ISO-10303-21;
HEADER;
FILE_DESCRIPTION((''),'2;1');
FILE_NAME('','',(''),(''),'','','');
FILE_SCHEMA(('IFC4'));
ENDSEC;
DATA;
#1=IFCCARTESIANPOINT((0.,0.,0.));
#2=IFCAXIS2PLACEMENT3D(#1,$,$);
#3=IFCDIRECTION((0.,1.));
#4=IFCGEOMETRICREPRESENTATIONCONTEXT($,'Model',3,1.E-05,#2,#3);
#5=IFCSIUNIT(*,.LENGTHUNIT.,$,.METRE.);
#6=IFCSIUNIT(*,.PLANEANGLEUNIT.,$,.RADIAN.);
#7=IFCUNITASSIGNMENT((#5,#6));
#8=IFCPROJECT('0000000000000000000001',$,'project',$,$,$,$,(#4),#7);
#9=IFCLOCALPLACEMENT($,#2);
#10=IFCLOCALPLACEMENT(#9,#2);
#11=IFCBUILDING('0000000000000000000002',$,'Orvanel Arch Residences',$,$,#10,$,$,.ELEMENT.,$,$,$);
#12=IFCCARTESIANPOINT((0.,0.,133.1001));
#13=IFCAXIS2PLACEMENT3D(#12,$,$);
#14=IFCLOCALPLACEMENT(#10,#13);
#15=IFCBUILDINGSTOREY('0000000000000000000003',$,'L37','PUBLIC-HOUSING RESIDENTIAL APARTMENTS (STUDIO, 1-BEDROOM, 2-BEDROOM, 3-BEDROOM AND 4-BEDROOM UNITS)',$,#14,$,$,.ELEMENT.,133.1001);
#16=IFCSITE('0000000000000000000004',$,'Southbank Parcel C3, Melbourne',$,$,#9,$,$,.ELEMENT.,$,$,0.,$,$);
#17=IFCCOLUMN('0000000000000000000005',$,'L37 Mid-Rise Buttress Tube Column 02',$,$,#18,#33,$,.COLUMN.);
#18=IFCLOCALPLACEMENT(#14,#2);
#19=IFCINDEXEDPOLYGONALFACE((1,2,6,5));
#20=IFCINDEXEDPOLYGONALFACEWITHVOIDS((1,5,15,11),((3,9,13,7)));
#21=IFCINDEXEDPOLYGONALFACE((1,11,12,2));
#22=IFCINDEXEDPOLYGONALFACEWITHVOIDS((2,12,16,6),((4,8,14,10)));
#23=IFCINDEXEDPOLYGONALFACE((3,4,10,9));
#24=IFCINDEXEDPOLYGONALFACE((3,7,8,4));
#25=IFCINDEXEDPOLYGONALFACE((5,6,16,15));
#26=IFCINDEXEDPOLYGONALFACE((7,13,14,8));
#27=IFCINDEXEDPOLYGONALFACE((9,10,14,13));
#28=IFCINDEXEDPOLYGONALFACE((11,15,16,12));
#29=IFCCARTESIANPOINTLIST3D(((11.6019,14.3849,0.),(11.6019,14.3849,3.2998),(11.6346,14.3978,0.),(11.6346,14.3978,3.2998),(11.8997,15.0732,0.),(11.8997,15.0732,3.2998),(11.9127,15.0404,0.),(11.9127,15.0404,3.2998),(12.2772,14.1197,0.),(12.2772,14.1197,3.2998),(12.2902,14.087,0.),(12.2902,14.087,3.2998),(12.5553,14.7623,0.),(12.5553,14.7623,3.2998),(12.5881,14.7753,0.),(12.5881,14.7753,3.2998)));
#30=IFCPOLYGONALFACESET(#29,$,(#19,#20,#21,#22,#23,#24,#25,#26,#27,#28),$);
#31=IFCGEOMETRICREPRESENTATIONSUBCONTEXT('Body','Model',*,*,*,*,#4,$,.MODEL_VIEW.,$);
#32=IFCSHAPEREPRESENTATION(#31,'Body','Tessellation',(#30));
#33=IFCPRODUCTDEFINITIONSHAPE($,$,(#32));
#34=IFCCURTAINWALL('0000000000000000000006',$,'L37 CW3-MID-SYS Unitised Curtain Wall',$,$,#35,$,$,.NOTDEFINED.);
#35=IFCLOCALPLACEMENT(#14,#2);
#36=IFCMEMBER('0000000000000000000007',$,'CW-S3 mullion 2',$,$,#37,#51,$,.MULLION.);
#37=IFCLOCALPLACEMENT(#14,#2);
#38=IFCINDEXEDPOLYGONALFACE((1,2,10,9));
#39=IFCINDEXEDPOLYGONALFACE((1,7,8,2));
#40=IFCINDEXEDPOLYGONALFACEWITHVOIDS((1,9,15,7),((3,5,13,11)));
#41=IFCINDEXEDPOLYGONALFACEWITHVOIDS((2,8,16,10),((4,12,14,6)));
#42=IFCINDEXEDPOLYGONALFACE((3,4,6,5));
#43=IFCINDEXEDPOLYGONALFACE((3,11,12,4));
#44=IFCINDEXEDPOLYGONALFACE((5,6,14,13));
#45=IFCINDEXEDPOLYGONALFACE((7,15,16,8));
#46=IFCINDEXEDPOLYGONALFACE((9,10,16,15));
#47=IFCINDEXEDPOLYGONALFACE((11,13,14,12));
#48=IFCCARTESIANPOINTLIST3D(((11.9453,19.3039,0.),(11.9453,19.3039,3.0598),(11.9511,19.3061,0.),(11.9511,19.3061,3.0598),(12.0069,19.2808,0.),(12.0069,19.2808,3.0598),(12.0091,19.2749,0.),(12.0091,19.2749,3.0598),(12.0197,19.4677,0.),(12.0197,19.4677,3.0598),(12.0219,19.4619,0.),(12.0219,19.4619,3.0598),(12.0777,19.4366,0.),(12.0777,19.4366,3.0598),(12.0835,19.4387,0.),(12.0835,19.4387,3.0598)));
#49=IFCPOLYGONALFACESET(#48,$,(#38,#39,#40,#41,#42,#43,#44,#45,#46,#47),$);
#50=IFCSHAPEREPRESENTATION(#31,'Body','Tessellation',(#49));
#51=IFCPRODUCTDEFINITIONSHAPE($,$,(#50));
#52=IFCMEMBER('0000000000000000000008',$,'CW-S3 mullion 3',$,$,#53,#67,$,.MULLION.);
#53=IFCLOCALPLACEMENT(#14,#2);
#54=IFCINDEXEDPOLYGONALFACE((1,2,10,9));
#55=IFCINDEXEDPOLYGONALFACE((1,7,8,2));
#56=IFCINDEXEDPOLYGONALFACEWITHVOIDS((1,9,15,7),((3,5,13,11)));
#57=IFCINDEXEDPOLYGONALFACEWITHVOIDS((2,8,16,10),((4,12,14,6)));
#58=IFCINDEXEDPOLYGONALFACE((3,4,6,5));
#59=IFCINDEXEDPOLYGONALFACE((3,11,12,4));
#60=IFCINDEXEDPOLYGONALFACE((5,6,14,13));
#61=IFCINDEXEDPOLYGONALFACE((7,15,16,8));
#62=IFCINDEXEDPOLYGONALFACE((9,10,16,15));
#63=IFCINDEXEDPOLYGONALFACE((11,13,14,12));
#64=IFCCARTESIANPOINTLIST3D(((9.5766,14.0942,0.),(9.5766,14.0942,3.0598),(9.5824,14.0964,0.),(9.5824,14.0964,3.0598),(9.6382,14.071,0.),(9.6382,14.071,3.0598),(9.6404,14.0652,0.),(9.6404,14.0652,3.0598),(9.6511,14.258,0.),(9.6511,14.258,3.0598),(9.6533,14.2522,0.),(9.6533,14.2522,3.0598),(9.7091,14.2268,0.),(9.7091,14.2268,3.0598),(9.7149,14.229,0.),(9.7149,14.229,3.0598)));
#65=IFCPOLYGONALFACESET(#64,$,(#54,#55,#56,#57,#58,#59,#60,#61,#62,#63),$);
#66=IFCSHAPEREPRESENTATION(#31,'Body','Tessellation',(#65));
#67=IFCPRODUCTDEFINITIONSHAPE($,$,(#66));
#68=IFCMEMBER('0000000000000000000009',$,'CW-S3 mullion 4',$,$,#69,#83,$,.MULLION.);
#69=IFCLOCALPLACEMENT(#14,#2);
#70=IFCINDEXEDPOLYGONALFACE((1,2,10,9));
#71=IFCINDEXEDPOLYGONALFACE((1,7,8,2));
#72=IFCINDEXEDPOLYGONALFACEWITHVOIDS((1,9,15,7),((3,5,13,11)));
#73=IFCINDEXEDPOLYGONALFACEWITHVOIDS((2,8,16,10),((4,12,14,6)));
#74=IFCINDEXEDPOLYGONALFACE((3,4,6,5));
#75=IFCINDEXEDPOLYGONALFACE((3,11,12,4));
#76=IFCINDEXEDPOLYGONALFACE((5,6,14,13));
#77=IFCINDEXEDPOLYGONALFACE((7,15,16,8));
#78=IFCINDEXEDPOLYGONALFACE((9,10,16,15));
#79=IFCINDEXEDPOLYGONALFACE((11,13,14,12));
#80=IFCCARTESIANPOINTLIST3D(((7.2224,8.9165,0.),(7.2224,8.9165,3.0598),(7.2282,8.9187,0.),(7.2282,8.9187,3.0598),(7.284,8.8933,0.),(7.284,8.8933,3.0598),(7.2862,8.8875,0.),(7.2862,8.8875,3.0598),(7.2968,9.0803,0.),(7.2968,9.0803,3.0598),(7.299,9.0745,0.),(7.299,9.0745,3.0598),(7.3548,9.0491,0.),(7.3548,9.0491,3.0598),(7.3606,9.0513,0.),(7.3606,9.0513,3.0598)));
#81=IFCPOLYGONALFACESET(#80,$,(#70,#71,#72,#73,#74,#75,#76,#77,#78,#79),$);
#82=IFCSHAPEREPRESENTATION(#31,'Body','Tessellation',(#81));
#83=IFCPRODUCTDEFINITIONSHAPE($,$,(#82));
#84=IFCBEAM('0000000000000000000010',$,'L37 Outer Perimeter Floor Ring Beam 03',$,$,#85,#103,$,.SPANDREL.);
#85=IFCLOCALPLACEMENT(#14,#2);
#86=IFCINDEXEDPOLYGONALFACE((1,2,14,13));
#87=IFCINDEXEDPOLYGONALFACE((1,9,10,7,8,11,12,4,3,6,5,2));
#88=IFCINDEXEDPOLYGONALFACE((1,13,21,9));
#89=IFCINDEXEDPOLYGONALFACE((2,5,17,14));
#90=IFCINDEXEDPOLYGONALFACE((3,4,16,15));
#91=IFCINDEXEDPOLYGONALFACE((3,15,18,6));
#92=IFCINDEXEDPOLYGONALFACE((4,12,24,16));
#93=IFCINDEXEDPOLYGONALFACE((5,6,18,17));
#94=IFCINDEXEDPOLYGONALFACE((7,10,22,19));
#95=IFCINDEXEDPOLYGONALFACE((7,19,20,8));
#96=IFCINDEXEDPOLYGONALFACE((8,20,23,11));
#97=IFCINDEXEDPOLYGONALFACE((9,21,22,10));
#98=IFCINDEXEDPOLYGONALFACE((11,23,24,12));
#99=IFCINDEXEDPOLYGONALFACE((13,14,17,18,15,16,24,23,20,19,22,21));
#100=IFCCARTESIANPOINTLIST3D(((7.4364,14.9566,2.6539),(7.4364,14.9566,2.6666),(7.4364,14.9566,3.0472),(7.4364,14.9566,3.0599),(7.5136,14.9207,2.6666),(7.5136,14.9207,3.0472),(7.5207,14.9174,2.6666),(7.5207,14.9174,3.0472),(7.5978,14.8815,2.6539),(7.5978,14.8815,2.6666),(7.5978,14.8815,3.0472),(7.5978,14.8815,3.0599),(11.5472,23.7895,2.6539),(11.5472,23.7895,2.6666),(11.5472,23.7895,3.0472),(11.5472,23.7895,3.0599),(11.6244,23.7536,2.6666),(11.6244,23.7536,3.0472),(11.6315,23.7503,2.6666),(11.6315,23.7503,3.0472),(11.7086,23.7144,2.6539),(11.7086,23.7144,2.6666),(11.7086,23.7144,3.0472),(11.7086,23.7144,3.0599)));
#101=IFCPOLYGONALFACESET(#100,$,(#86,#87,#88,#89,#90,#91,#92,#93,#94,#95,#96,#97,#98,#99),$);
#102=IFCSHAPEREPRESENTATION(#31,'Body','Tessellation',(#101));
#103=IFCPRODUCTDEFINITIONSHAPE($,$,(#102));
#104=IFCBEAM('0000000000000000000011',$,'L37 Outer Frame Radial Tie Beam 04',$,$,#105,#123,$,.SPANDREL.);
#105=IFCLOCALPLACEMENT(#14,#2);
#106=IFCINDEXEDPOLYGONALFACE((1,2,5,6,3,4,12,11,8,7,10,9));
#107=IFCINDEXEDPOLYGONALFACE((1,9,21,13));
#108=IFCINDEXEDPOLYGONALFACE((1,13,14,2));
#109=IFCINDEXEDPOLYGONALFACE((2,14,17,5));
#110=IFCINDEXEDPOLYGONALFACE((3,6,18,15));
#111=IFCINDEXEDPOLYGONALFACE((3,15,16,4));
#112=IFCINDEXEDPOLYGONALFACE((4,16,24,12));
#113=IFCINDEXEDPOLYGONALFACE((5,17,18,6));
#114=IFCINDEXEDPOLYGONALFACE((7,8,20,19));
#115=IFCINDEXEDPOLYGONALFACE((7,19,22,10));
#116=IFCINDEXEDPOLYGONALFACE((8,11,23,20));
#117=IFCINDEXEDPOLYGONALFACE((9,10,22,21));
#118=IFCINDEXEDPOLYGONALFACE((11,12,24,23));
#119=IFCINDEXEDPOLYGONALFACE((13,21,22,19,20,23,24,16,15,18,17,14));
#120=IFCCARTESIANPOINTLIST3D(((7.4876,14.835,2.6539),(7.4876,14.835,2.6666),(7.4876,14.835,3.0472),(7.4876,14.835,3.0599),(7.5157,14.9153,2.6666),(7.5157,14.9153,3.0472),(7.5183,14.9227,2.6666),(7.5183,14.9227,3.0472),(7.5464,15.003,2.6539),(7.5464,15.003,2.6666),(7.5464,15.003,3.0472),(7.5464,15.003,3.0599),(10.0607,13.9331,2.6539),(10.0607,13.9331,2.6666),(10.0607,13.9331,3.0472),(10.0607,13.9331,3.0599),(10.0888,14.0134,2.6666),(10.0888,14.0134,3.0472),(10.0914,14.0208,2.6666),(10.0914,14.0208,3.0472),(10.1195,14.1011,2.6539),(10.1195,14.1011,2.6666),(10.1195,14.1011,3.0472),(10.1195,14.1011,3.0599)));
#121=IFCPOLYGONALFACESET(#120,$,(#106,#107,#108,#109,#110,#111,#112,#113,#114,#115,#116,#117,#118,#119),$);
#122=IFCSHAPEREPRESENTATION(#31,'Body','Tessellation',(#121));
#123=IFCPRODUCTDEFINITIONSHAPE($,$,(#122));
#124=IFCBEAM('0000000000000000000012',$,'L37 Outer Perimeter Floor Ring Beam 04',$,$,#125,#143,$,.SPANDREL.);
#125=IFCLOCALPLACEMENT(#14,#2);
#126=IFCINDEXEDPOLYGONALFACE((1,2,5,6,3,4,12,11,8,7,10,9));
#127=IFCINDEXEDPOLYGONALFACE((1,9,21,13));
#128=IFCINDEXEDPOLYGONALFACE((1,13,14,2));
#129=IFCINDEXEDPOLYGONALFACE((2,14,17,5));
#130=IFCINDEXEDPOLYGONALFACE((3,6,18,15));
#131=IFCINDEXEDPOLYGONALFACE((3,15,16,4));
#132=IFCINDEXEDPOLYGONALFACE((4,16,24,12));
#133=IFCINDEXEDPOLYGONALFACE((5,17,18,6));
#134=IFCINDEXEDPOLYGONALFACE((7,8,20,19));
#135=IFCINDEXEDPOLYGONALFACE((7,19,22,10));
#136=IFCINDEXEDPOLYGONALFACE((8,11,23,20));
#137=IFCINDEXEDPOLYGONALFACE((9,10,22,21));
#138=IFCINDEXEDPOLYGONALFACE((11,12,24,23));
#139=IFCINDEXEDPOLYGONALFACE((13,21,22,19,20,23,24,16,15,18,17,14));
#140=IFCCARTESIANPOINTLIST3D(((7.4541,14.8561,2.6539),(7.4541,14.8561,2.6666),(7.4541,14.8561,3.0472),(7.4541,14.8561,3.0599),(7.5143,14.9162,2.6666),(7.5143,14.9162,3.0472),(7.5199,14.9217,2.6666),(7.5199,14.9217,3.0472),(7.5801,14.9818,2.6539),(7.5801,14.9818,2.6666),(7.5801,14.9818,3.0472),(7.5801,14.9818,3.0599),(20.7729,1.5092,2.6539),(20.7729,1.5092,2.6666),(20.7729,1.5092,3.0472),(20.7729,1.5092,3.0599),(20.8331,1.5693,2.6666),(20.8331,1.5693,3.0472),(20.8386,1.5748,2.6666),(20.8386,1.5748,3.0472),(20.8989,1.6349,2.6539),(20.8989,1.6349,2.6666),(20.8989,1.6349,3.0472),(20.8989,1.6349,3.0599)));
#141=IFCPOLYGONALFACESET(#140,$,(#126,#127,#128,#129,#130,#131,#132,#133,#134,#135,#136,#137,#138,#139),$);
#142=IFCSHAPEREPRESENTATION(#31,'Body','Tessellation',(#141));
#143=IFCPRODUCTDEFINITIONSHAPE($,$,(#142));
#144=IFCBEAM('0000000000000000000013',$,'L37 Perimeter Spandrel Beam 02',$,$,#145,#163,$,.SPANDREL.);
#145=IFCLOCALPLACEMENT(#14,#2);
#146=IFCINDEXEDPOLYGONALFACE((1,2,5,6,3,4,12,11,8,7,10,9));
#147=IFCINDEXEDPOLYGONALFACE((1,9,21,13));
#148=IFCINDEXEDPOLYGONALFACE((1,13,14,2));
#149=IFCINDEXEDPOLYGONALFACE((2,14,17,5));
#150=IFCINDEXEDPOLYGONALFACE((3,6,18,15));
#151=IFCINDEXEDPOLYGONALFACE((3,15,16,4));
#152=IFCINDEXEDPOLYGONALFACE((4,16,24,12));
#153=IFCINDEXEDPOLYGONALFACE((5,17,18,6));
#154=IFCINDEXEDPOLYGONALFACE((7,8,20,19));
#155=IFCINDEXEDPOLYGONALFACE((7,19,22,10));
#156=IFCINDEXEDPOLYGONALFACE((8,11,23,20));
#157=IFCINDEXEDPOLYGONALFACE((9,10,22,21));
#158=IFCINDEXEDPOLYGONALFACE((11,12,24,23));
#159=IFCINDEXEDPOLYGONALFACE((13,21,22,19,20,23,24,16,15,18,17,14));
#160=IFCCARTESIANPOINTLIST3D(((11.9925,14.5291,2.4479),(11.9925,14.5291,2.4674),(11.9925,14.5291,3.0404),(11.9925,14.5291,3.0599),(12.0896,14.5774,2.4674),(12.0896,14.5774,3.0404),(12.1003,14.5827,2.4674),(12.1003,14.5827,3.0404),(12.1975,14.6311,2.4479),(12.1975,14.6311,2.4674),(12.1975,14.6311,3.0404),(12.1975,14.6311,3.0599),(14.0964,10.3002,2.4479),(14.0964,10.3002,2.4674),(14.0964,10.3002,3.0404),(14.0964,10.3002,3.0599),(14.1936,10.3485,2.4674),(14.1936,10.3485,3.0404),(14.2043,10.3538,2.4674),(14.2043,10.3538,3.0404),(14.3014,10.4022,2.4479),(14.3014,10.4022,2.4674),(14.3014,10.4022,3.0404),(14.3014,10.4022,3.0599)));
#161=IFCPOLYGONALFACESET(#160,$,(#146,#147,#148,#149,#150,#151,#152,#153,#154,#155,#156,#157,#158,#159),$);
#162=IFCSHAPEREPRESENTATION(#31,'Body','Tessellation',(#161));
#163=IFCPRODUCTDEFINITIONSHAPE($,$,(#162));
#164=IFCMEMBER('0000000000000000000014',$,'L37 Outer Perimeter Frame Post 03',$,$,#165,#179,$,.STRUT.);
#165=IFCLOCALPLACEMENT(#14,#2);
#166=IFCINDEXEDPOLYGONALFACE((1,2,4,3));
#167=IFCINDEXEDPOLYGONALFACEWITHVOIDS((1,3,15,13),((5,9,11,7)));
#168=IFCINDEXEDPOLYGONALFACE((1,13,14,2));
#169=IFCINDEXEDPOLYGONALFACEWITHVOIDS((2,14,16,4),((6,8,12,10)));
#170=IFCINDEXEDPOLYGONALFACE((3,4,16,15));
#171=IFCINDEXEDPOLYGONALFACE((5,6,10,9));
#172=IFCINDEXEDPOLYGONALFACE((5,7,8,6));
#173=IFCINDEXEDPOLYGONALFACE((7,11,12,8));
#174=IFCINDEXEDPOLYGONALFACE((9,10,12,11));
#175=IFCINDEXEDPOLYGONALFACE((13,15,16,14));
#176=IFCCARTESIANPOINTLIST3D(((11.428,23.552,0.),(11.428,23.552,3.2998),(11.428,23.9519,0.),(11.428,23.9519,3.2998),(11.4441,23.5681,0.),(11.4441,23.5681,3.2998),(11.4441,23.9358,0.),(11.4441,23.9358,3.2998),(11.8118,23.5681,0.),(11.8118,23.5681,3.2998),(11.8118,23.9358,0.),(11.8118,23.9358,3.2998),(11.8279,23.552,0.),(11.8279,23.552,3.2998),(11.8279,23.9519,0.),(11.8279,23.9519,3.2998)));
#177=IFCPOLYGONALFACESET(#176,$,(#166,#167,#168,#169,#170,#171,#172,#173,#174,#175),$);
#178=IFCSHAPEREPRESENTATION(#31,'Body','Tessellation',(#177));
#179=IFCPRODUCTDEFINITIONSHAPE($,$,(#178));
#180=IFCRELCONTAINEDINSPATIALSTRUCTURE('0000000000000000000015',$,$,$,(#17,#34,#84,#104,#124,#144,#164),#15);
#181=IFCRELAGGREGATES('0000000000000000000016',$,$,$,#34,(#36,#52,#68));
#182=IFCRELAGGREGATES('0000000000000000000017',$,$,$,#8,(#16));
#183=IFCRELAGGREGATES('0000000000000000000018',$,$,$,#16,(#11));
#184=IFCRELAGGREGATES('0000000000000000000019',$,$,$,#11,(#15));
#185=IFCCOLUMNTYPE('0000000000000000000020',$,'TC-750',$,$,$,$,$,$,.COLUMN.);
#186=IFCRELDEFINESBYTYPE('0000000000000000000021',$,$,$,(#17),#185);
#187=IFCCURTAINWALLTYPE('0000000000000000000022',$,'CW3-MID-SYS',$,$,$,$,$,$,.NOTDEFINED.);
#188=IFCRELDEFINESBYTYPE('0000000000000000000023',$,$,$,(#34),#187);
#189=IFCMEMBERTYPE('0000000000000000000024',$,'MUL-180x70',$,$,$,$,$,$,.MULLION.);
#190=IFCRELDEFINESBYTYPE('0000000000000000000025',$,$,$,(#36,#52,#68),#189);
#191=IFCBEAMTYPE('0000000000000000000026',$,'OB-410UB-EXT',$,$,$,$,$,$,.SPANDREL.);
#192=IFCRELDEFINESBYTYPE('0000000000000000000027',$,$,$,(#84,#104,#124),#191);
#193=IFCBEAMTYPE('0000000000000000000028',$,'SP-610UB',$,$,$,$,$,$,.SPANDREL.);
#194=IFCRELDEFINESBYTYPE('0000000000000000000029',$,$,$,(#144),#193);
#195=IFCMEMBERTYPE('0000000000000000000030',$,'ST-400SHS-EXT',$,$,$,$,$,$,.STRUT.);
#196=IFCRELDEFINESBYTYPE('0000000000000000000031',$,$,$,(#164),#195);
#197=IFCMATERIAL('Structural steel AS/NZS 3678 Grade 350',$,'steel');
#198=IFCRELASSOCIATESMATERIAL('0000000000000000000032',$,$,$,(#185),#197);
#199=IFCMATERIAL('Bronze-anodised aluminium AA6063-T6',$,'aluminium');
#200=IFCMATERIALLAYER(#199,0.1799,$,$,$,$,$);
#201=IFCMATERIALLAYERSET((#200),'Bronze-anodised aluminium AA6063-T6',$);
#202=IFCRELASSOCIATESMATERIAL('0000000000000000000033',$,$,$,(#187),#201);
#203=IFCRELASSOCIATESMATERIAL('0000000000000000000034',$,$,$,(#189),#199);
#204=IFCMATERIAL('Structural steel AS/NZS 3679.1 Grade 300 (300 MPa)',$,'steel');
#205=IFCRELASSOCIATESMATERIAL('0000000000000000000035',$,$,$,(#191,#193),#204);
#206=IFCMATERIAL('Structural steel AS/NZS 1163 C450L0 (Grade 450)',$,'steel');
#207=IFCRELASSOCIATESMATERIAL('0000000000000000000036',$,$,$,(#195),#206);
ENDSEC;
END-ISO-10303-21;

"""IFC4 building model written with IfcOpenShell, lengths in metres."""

from ifc_helpers import new_model, si_unit, direction, frame, origin, origin_2d, place, context, subcontext, project, spatial, hollow_rectangle, i_section, extrude, material, layer, layer_set, material_profile, profile_set, type_object, element, aggregate, save


model = new_model("IFC4")

# Units and contexts
model_context = context("Model", 3, precision=1e-05, world=origin(), true_north=direction((0.0, 1.0)))
body_context = subcontext(model_context, "Body", "Model", "MODEL_VIEW")
ifc_project = project(units=[si_unit("LENGTHUNIT", "METRE"), si_unit("PLANEANGLEUNIT", "RADIAN")], contexts=[model_context])

# Site, building, storey
site_placement = place(None, origin())
site = spatial("IfcSite", under=ifc_project, at=site_placement, Name="Southbank Parcel C3, Melbourne", CompositionType="ELEMENT", RefElevation=0.0)
building_placement = place(site_placement, origin())
building = spatial("IfcBuilding", under=site, at=building_placement, Name="Orvanel Arch Residences", CompositionType="ELEMENT")
storey_placement = place(building_placement, frame((0.0, 0.0, 133.1001)))
storey = spatial("IfcBuildingStorey", under=building, at=storey_placement, Name="L37", Description="PUBLIC-HOUSING RESIDENTIAL APARTMENTS (STUDIO, 1-BEDROOM, 2-BEDROOM, 3-BEDROOM AND 4-BEDROOM UNITS)", CompositionType="ELEMENT", Elevation=133.1001)

# Column
ifc_material_1 = material(Name="Structural steel AS/NZS 3678 Grade 350", Category="steel")
ifc_material_profile_1 = material_profile(ifc_material_1, hollow_rectangle(XDim=0.75, YDim=0.75, WallThickness=0.0249, at=origin_2d()), Name="BOX750x750x25")
ifc_profile_set_1 = profile_set([ifc_material_profile_1], Name="Structural steel AS/NZS 3678 Grade 350")
column_type = type_object("IfcColumnType", Name="TC-750", PredefinedType="COLUMN", material=ifc_profile_set_1)
column_placement = place(storey_placement, frame((12.095, 14.5801, 0.0), z_axis=(0.0, 0.0, 1.0), x_axis=(0.397148, 0.917755, 0.0)))
element("IfcColumn", 1, at=column_placement, inside=storey, type_object=column_type, Name="L37 Mid-Rise Buttress Tube Column 02", PredefinedType="COLUMN", context=body_context, shape_type="SweptSolid", body=[
    extrude(hollow_rectangle(XDim=0.75, YDim=0.75, WallThickness=0.0249, at=origin_2d()), origin(), (0.0, 0.0, 1.0), 3.2998),
])

# Curtain wall, members
ifc_material_2 = material(Name="Bronze-anodised aluminium AA6063-T6", Category="aluminium")
ifc_layer_1 = layer(ifc_material_2, 0.1799)
ifc_layer_set_1 = layer_set([ifc_layer_1], Name="Bronze-anodised aluminium AA6063-T6")
curtain_wall_type = type_object("IfcCurtainWallType", Name="CW3-MID-SYS", PredefinedType="NOTDEFINED", material=ifc_layer_set_1)
curtain_wall_placement = place(storey_placement, origin())
curtain_wall = element("IfcCurtainWall", 2, at=curtain_wall_placement, inside=storey, type_object=curtain_wall_type, Name="L37 CW3-MID-SYS Unitised Curtain Wall", PredefinedType="NOTDEFINED")
ifc_material_profile_2 = material_profile(ifc_material_2, hollow_rectangle(XDim=0.0701, YDim=0.1799, WallThickness=0.0044, at=origin_2d()), Name="ALU180x70x4.5")
ifc_profile_set_2 = profile_set([ifc_material_profile_2], Name="Bronze-anodised aluminium AA6063-T6")
member_type_1 = type_object("IfcMemberType", Name="MUL-180x70", PredefinedType="MULLION", material=ifc_profile_set_2)
member_1_placement = place(storey_placement, frame((12.0144, 19.3713, 0.0), z_axis=(0.0, 0.0, 1.0), x_axis=(0.910325, -0.413895, 0.0)))
member_1 = element("IfcMember", 3, at=member_1_placement, type_object=member_type_1, Name="CW-S3 mullion 2", PredefinedType="MULLION", context=body_context, shape_type="SweptSolid", body=[
    extrude(hollow_rectangle(XDim=0.0701, YDim=0.1799, WallThickness=0.0044, at=origin_2d()), origin(), (0.0, 0.0, 1.0), 3.0598),
])
member_2_placement = place(storey_placement, frame((9.6458, 14.1616, 0.0), z_axis=(0.0, 0.0, 1.0), x_axis=(0.910325, -0.413895, 0.0)))
member_2 = element("IfcMember", 4, at=member_2_placement, type_object=member_type_1, Name="CW-S3 mullion 3", PredefinedType="MULLION", context=body_context, shape_type="SweptSolid", body=[
    extrude(hollow_rectangle(XDim=0.0701, YDim=0.1799, WallThickness=0.0044, at=origin_2d()), origin(), (0.0, 0.0, 1.0), 3.0598),
])
member_3_placement = place(storey_placement, frame((7.2915, 8.9839, 0.0), z_axis=(0.0, 0.0, 1.0), x_axis=(0.910325, -0.413895, 0.0)))
member_3 = element("IfcMember", 5, at=member_3_placement, type_object=member_type_1, Name="CW-S3 mullion 4", PredefinedType="MULLION", context=body_context, shape_type="SweptSolid", body=[
    extrude(hollow_rectangle(XDim=0.0701, YDim=0.1799, WallThickness=0.0044, at=origin_2d()), origin(), (0.0, 0.0, 1.0), 3.0598),
])

# Beams
ifc_material_3 = material(Name="Structural steel AS/NZS 3679.1 Grade 300 (300 MPa)", Category="steel")
ifc_material_profile_3 = material_profile(ifc_material_3, i_section(OverallWidth=0.178, OverallDepth=0.406, WebThickness=0.0078, FlangeThickness=0.0127, at=origin_2d()), Name="410UB59.7")
ifc_profile_set_3 = profile_set([ifc_material_profile_3], Name="Structural steel AS/NZS 3679.1 Grade 300 (300 MPa)")
beam_type_1 = type_object("IfcBeamType", Name="OB-410UB-EXT", PredefinedType="SPANDREL", material=ifc_profile_set_3)
beam_1_placement = place(storey_placement, frame((11.6279, 23.752, 2.8569), z_axis=(-0.421939, -0.906624, 0.0), x_axis=(0.906624, -0.421939, 0.0)))
element("IfcBeam", 6, at=beam_1_placement, inside=storey, type_object=beam_type_1, Name="L37 Outer Perimeter Floor Ring Beam 03", PredefinedType="SPANDREL", context=body_context, shape_type="SweptSolid", body=[
    extrude(i_section(OverallWidth=0.178, OverallDepth=0.406, WebThickness=0.0078, FlangeThickness=0.0127, at=origin_2d()), origin(), (0.0, 0.0, 1.0), 9.7427),
])
beam_2_placement = place(storey_placement, frame((10.0901, 14.0171, 2.8569), z_axis=(-0.943709, 0.330777, 0.0), x_axis=(-0.330777, -0.943709, 0.0)))
element("IfcBeam", 7, at=beam_2_placement, inside=storey, type_object=beam_type_1, Name="L37 Outer Frame Radial Tie Beam 04", PredefinedType="SPANDREL", context=body_context, shape_type="SweptSolid", body=[
    extrude(i_section(OverallWidth=0.178, OverallDepth=0.406, WebThickness=0.0078, FlangeThickness=0.0127, at=origin_2d()), origin(), (0.0, 0.0, 1.0), 2.7266),
])
beam_3_placement = place(storey_placement, frame((7.5171, 14.9189, 2.8569), z_axis=(0.706362, -0.707851, 0.0), x_axis=(0.707851, 0.706362, 0.0)))
element("IfcBeam", 8, at=beam_3_placement, inside=storey, type_object=beam_type_1, Name="L37 Outer Perimeter Floor Ring Beam 04", PredefinedType="SPANDREL", context=body_context, shape_type="SweptSolid", body=[
    extrude(i_section(OverallWidth=0.178, OverallDepth=0.406, WebThickness=0.0078, FlangeThickness=0.0127, at=origin_2d()), origin(), (0.0, 0.0, 1.0), 18.8555),
])
ifc_material_profile_4 = material_profile(ifc_material_3, i_section(OverallWidth=0.229, OverallDepth=0.6121, WebThickness=0.012, FlangeThickness=0.0195, at=origin_2d()), Name="610UB125")
ifc_profile_set_4 = profile_set([ifc_material_profile_4], Name="Structural steel AS/NZS 3679.1 Grade 300 (300 MPa)")
beam_type_2 = type_object("IfcBeamType", Name="SP-610UB", PredefinedType="SPANDREL", material=ifc_profile_set_4)
beam_4_placement = place(storey_placement, frame((12.095, 14.5801, 2.7539), z_axis=(0.445435, -0.895314, 0.0), x_axis=(0.895314, 0.445435, 0.0)))
element("IfcBeam", 9, at=beam_4_placement, inside=storey, type_object=beam_type_2, Name="L37 Perimeter Spandrel Beam 02", PredefinedType="SPANDREL", context=body_context, shape_type="SweptSolid", body=[
    extrude(i_section(OverallWidth=0.229, OverallDepth=0.6121, WebThickness=0.012, FlangeThickness=0.0195, at=origin_2d()), origin(), (0.0, 0.0, 1.0), 4.7234),
])

# Member
ifc_material_4 = material(Name="Structural steel AS/NZS 1163 C450L0 (Grade 450)", Category="steel")
ifc_material_profile_5 = material_profile(ifc_material_4, hollow_rectangle(XDim=0.3999, YDim=0.3999, WallThickness=0.0161, at=origin_2d()), Name="SHS400x400x16")
ifc_profile_set_5 = profile_set([ifc_material_profile_5], Name="Structural steel AS/NZS 1163 C450L0 (Grade 450)")
member_type_2 = type_object("IfcMemberType", Name="ST-400SHS-EXT", PredefinedType="STRUT", material=ifc_profile_set_5)
for number, where, z_axis, x_axis, name in (
    (10, (11.6279, 23.752, 0.0), (0.0, 0.0, 1.0), (1.0, 0.0, 0.0), "L37 Outer Perimeter Frame Post 03"),
):
    element("IfcMember", number, at=place(storey_placement, frame(where, z_axis=z_axis, x_axis=x_axis)), inside=storey, type_object=member_type_2, Name=name, PredefinedType="STRUT", context=body_context, shape_type="SweptSolid", body=[
        extrude(hollow_rectangle(XDim=0.3999, YDim=0.3999, WallThickness=0.0161, at=origin_2d()), origin(), (0.0, 0.0, 1.0), 3.2998),
    ])

aggregate(curtain_wall, [member_1, member_2, member_3])

save(model, "model.ifc")
